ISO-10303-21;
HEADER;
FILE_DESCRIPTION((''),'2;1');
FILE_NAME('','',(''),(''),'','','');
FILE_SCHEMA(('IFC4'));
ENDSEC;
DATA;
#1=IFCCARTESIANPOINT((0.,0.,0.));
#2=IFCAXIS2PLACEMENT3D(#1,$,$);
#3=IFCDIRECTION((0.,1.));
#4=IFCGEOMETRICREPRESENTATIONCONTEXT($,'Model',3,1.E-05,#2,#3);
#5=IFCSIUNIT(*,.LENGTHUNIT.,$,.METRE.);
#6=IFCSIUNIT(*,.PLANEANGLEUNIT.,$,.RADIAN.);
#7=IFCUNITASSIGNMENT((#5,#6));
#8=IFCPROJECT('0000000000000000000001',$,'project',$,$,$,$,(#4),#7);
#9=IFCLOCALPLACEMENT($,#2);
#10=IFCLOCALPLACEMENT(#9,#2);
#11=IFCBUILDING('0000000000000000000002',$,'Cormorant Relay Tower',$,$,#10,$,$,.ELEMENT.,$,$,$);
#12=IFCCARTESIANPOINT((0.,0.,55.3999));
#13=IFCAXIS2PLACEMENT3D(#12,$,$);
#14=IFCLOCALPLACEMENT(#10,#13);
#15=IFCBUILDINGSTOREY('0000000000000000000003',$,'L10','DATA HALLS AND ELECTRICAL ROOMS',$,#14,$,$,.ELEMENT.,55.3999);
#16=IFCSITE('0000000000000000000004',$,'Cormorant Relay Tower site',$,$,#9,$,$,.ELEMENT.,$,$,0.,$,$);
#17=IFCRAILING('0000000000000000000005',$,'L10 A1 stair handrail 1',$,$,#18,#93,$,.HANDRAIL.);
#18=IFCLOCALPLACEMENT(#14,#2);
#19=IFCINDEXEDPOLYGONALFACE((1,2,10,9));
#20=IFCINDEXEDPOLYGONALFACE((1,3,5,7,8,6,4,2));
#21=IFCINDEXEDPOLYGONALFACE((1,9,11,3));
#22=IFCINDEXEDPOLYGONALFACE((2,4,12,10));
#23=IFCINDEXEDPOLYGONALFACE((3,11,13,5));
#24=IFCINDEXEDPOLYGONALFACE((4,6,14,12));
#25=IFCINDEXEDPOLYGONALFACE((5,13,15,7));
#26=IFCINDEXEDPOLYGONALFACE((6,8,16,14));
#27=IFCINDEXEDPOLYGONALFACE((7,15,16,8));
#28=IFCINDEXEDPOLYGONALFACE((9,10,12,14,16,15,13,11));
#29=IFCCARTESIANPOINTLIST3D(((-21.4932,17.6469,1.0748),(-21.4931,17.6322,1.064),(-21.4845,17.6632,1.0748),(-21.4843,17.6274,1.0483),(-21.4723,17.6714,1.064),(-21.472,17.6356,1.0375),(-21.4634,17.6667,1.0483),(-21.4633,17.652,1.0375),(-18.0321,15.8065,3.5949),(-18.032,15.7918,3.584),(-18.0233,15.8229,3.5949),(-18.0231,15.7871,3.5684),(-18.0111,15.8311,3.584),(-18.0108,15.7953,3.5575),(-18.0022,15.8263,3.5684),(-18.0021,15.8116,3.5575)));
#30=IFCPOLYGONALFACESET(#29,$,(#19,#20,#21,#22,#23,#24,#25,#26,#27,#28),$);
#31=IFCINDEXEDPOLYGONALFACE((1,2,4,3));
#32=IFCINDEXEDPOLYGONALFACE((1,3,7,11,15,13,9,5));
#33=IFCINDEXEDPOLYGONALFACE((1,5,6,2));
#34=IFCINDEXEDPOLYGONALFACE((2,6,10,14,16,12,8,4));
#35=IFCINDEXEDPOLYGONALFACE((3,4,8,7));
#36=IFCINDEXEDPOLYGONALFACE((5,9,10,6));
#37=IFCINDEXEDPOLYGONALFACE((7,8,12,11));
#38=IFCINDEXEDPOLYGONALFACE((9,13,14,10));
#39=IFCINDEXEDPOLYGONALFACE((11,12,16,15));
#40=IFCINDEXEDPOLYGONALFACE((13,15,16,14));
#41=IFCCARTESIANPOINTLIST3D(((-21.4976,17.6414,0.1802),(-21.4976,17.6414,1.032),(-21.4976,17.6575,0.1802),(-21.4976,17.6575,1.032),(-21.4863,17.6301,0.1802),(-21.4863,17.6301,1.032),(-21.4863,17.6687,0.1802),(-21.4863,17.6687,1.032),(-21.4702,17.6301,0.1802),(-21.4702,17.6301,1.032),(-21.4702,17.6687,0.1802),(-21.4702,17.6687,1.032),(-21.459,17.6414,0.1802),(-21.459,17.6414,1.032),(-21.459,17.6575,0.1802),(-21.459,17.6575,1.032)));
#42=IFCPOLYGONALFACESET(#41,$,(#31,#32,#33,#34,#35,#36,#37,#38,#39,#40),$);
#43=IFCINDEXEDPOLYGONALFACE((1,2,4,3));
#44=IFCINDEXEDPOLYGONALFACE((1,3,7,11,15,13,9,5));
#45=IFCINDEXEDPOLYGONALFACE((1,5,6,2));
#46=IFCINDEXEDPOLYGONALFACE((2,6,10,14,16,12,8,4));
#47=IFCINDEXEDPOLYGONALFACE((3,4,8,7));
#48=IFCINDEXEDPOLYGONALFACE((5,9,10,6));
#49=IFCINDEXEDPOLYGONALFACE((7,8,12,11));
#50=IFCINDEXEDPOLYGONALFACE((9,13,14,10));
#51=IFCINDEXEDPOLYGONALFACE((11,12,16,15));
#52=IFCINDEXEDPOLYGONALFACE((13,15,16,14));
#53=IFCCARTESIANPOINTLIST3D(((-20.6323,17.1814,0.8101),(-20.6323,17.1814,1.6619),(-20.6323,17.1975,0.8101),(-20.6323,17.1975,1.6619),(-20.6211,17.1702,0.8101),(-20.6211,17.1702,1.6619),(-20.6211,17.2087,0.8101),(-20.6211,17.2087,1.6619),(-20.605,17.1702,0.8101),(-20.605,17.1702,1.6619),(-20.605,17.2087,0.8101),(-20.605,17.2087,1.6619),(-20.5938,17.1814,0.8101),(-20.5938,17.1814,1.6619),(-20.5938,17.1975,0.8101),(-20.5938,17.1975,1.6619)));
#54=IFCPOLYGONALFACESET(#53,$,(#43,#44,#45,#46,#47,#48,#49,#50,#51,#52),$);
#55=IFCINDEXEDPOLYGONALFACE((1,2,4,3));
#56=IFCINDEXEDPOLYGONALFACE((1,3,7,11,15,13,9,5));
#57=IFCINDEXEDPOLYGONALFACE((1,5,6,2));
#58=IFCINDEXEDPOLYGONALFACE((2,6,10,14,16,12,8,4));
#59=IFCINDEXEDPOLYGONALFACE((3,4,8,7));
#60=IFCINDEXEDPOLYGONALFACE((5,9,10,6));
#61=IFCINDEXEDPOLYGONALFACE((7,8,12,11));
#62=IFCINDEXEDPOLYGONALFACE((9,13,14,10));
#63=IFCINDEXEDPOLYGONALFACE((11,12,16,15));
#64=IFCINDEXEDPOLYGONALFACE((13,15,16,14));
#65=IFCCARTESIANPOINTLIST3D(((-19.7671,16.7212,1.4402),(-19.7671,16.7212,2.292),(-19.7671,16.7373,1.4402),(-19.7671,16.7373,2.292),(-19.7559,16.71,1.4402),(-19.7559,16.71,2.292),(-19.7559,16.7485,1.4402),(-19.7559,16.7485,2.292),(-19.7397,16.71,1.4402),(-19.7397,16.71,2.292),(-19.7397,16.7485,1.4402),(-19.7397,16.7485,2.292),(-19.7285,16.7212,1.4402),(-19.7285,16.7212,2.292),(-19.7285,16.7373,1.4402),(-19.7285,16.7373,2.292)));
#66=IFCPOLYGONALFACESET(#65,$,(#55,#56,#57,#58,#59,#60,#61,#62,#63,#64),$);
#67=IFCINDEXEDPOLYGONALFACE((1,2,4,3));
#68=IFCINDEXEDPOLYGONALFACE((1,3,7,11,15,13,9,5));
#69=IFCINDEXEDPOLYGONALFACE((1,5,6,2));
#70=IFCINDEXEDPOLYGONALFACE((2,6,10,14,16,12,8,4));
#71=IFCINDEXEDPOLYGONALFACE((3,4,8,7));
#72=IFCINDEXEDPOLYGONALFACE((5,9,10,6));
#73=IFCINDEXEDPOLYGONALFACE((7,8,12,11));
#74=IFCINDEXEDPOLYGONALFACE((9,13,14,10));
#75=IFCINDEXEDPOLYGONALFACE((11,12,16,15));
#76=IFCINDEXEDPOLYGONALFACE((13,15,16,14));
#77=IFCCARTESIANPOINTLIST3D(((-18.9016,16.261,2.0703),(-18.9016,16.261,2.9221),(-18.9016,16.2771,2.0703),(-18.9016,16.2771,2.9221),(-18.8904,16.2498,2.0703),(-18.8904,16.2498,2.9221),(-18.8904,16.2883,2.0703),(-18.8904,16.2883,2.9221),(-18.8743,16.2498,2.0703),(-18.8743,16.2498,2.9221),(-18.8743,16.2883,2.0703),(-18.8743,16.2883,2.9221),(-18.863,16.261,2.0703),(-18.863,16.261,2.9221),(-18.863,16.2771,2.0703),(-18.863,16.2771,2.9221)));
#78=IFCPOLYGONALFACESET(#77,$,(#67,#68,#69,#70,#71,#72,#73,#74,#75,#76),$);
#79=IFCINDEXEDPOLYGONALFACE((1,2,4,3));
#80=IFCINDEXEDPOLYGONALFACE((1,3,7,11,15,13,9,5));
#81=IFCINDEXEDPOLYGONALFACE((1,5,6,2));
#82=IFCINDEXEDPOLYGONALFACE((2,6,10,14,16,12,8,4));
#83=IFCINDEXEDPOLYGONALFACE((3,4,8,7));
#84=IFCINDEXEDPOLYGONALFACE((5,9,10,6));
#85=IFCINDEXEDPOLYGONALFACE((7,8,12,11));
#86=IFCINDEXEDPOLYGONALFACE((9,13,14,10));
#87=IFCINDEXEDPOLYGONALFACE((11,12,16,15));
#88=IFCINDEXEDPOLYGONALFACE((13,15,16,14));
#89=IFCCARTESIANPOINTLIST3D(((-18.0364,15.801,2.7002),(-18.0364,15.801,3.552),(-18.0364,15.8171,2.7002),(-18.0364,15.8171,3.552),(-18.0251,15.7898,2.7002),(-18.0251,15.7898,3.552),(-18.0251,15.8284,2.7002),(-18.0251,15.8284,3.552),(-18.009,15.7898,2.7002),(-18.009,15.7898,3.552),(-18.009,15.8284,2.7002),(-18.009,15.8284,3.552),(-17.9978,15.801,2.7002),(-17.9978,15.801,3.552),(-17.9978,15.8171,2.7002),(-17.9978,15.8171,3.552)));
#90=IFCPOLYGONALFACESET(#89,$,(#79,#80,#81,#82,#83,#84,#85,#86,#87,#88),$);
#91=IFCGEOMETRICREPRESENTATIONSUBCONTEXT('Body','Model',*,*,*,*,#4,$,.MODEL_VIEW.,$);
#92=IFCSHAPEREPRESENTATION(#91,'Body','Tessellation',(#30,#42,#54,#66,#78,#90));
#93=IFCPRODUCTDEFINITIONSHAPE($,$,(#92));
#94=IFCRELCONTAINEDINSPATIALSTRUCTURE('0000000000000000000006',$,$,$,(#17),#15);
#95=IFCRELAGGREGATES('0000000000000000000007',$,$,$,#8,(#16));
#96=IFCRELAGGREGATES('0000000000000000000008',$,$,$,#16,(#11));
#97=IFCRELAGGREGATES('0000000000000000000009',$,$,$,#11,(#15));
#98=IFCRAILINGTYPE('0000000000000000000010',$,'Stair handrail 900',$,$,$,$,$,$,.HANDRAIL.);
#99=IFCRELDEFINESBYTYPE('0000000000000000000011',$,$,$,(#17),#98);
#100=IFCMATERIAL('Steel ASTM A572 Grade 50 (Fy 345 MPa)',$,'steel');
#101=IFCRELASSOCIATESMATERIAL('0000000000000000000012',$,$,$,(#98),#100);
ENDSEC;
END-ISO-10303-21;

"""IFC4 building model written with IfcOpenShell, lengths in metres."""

from ifc_helpers import new_model, si_unit, direction, frame, origin, place, context, subcontext, project, spatial, polyline, outline, extrude, material, type_object, element, save


model = new_model("IFC4")

# Units and contexts
model_context = context("Model", 3, precision=1e-05, world=origin(), true_north=direction((0.0, 1.0)))
body_context = subcontext(model_context, "Body", "Model", "MODEL_VIEW")
ifc_project = project(units=[si_unit("LENGTHUNIT", "METRE"), si_unit("PLANEANGLEUNIT", "RADIAN")], contexts=[model_context])

# Site, building, storey
site_placement = place(None, origin())
site = spatial("IfcSite", under=ifc_project, at=site_placement, Name="Cormorant Relay Tower site", CompositionType="ELEMENT", RefElevation=0.0)
building_placement = place(site_placement, origin())
building = spatial("IfcBuilding", under=site, at=building_placement, Name="Cormorant Relay Tower", CompositionType="ELEMENT")
storey_placement = place(building_placement, frame((0.0, 0.0, 55.3999)))
storey = spatial("IfcBuildingStorey", under=building, at=storey_placement, Name="L10", Description="DATA HALLS AND ELECTRICAL ROOMS", CompositionType="ELEMENT", Elevation=55.3999)

# Railing
ifc_material_1 = material(Name="Steel ASTM A572 Grade 50 (Fy 345 MPa)", Category="steel")
railing_type = type_object("IfcRailingType", Name="Stair handrail 900", PredefinedType="HANDRAIL", material=ifc_material_1)
railing_placement = place(storey_placement, frame((-21.4783, 17.6494, 0.1802)))
element("IfcRailing", 1, at=railing_placement, inside=storey, type_object=railing_type, Name="L10 A1 stair handrail 1", PredefinedType="HANDRAIL", context=body_context, shape_type="SweptSolid", body=[
    extrude(outline(polyline([(0.0222, 0.0093), (0.0093, 0.0222), (-0.0093, 0.0222), (-0.0222, 0.0093), (-0.0222, -0.0093), (-0.0093, -0.0222), (0.0093, -0.0222), (0.0222, -0.0093), (0.0222, 0.0093)])), frame((0.0, 0.0, 0.876), z_axis=(0.742717, -0.394907, 0.540758), x_axis=(0.469469, 0.882949, 0.0)), (0.0, 0.0, 1.0), 4.6602),
    extrude(outline(polyline([(0.0193, 0.0081), (0.0081, 0.0193), (-0.0081, 0.0193), (-0.0193, 0.0081), (-0.0193, -0.0081), (-0.0081, -0.0193), (0.0081, -0.0193), (0.0193, -0.0081), (0.0193, 0.0081)])), origin(), (0.0, 0.0, 1.0), 0.8518),
    extrude(outline(polyline([(0.0193, 0.0081), (0.0081, 0.0193), (-0.0081, 0.0193), (-0.0193, 0.0081), (-0.0193, -0.0081), (-0.0081, -0.0193), (0.0081, -0.0193), (0.0193, -0.0081), (0.0193, 0.0081)])), frame((0.8652, -0.46, 0.6299)), (0.0, 0.0, 1.0), 0.8518),
    extrude(outline(polyline([(0.0193, 0.0081), (0.0081, 0.0193), (-0.0081, 0.0193), (-0.0193, 0.0081), (-0.0193, -0.0081), (-0.0081, -0.0193), (0.0081, -0.0193), (0.0193, -0.0081), (0.0193, 0.0081)])), frame((1.7305, -0.9202, 1.26)), (0.0, 0.0, 1.0), 0.8518),
    extrude(outline(polyline([(0.0193, 0.0081), (0.0081, 0.0193), (-0.0081, 0.0193), (-0.0193, 0.0081), (-0.0193, -0.0081), (-0.0081, -0.0193), (0.0081, -0.0193), (0.0193, -0.0081), (0.0193, 0.0081)])), frame((2.5959, -1.3804, 1.8901)), (0.0, 0.0, 1.0), 0.8518),
    extrude(outline(polyline([(0.0193, 0.0081), (0.0081, 0.0193), (-0.0081, 0.0193), (-0.0193, 0.0081), (-0.0193, -0.0081), (-0.0081, -0.0193), (0.0081, -0.0193), (0.0193, -0.0081), (0.0193, 0.0081)])), frame((3.4612, -1.8403, 2.52)), (0.0, 0.0, 1.0), 0.8518),
])

save(model, "model.ifc")
